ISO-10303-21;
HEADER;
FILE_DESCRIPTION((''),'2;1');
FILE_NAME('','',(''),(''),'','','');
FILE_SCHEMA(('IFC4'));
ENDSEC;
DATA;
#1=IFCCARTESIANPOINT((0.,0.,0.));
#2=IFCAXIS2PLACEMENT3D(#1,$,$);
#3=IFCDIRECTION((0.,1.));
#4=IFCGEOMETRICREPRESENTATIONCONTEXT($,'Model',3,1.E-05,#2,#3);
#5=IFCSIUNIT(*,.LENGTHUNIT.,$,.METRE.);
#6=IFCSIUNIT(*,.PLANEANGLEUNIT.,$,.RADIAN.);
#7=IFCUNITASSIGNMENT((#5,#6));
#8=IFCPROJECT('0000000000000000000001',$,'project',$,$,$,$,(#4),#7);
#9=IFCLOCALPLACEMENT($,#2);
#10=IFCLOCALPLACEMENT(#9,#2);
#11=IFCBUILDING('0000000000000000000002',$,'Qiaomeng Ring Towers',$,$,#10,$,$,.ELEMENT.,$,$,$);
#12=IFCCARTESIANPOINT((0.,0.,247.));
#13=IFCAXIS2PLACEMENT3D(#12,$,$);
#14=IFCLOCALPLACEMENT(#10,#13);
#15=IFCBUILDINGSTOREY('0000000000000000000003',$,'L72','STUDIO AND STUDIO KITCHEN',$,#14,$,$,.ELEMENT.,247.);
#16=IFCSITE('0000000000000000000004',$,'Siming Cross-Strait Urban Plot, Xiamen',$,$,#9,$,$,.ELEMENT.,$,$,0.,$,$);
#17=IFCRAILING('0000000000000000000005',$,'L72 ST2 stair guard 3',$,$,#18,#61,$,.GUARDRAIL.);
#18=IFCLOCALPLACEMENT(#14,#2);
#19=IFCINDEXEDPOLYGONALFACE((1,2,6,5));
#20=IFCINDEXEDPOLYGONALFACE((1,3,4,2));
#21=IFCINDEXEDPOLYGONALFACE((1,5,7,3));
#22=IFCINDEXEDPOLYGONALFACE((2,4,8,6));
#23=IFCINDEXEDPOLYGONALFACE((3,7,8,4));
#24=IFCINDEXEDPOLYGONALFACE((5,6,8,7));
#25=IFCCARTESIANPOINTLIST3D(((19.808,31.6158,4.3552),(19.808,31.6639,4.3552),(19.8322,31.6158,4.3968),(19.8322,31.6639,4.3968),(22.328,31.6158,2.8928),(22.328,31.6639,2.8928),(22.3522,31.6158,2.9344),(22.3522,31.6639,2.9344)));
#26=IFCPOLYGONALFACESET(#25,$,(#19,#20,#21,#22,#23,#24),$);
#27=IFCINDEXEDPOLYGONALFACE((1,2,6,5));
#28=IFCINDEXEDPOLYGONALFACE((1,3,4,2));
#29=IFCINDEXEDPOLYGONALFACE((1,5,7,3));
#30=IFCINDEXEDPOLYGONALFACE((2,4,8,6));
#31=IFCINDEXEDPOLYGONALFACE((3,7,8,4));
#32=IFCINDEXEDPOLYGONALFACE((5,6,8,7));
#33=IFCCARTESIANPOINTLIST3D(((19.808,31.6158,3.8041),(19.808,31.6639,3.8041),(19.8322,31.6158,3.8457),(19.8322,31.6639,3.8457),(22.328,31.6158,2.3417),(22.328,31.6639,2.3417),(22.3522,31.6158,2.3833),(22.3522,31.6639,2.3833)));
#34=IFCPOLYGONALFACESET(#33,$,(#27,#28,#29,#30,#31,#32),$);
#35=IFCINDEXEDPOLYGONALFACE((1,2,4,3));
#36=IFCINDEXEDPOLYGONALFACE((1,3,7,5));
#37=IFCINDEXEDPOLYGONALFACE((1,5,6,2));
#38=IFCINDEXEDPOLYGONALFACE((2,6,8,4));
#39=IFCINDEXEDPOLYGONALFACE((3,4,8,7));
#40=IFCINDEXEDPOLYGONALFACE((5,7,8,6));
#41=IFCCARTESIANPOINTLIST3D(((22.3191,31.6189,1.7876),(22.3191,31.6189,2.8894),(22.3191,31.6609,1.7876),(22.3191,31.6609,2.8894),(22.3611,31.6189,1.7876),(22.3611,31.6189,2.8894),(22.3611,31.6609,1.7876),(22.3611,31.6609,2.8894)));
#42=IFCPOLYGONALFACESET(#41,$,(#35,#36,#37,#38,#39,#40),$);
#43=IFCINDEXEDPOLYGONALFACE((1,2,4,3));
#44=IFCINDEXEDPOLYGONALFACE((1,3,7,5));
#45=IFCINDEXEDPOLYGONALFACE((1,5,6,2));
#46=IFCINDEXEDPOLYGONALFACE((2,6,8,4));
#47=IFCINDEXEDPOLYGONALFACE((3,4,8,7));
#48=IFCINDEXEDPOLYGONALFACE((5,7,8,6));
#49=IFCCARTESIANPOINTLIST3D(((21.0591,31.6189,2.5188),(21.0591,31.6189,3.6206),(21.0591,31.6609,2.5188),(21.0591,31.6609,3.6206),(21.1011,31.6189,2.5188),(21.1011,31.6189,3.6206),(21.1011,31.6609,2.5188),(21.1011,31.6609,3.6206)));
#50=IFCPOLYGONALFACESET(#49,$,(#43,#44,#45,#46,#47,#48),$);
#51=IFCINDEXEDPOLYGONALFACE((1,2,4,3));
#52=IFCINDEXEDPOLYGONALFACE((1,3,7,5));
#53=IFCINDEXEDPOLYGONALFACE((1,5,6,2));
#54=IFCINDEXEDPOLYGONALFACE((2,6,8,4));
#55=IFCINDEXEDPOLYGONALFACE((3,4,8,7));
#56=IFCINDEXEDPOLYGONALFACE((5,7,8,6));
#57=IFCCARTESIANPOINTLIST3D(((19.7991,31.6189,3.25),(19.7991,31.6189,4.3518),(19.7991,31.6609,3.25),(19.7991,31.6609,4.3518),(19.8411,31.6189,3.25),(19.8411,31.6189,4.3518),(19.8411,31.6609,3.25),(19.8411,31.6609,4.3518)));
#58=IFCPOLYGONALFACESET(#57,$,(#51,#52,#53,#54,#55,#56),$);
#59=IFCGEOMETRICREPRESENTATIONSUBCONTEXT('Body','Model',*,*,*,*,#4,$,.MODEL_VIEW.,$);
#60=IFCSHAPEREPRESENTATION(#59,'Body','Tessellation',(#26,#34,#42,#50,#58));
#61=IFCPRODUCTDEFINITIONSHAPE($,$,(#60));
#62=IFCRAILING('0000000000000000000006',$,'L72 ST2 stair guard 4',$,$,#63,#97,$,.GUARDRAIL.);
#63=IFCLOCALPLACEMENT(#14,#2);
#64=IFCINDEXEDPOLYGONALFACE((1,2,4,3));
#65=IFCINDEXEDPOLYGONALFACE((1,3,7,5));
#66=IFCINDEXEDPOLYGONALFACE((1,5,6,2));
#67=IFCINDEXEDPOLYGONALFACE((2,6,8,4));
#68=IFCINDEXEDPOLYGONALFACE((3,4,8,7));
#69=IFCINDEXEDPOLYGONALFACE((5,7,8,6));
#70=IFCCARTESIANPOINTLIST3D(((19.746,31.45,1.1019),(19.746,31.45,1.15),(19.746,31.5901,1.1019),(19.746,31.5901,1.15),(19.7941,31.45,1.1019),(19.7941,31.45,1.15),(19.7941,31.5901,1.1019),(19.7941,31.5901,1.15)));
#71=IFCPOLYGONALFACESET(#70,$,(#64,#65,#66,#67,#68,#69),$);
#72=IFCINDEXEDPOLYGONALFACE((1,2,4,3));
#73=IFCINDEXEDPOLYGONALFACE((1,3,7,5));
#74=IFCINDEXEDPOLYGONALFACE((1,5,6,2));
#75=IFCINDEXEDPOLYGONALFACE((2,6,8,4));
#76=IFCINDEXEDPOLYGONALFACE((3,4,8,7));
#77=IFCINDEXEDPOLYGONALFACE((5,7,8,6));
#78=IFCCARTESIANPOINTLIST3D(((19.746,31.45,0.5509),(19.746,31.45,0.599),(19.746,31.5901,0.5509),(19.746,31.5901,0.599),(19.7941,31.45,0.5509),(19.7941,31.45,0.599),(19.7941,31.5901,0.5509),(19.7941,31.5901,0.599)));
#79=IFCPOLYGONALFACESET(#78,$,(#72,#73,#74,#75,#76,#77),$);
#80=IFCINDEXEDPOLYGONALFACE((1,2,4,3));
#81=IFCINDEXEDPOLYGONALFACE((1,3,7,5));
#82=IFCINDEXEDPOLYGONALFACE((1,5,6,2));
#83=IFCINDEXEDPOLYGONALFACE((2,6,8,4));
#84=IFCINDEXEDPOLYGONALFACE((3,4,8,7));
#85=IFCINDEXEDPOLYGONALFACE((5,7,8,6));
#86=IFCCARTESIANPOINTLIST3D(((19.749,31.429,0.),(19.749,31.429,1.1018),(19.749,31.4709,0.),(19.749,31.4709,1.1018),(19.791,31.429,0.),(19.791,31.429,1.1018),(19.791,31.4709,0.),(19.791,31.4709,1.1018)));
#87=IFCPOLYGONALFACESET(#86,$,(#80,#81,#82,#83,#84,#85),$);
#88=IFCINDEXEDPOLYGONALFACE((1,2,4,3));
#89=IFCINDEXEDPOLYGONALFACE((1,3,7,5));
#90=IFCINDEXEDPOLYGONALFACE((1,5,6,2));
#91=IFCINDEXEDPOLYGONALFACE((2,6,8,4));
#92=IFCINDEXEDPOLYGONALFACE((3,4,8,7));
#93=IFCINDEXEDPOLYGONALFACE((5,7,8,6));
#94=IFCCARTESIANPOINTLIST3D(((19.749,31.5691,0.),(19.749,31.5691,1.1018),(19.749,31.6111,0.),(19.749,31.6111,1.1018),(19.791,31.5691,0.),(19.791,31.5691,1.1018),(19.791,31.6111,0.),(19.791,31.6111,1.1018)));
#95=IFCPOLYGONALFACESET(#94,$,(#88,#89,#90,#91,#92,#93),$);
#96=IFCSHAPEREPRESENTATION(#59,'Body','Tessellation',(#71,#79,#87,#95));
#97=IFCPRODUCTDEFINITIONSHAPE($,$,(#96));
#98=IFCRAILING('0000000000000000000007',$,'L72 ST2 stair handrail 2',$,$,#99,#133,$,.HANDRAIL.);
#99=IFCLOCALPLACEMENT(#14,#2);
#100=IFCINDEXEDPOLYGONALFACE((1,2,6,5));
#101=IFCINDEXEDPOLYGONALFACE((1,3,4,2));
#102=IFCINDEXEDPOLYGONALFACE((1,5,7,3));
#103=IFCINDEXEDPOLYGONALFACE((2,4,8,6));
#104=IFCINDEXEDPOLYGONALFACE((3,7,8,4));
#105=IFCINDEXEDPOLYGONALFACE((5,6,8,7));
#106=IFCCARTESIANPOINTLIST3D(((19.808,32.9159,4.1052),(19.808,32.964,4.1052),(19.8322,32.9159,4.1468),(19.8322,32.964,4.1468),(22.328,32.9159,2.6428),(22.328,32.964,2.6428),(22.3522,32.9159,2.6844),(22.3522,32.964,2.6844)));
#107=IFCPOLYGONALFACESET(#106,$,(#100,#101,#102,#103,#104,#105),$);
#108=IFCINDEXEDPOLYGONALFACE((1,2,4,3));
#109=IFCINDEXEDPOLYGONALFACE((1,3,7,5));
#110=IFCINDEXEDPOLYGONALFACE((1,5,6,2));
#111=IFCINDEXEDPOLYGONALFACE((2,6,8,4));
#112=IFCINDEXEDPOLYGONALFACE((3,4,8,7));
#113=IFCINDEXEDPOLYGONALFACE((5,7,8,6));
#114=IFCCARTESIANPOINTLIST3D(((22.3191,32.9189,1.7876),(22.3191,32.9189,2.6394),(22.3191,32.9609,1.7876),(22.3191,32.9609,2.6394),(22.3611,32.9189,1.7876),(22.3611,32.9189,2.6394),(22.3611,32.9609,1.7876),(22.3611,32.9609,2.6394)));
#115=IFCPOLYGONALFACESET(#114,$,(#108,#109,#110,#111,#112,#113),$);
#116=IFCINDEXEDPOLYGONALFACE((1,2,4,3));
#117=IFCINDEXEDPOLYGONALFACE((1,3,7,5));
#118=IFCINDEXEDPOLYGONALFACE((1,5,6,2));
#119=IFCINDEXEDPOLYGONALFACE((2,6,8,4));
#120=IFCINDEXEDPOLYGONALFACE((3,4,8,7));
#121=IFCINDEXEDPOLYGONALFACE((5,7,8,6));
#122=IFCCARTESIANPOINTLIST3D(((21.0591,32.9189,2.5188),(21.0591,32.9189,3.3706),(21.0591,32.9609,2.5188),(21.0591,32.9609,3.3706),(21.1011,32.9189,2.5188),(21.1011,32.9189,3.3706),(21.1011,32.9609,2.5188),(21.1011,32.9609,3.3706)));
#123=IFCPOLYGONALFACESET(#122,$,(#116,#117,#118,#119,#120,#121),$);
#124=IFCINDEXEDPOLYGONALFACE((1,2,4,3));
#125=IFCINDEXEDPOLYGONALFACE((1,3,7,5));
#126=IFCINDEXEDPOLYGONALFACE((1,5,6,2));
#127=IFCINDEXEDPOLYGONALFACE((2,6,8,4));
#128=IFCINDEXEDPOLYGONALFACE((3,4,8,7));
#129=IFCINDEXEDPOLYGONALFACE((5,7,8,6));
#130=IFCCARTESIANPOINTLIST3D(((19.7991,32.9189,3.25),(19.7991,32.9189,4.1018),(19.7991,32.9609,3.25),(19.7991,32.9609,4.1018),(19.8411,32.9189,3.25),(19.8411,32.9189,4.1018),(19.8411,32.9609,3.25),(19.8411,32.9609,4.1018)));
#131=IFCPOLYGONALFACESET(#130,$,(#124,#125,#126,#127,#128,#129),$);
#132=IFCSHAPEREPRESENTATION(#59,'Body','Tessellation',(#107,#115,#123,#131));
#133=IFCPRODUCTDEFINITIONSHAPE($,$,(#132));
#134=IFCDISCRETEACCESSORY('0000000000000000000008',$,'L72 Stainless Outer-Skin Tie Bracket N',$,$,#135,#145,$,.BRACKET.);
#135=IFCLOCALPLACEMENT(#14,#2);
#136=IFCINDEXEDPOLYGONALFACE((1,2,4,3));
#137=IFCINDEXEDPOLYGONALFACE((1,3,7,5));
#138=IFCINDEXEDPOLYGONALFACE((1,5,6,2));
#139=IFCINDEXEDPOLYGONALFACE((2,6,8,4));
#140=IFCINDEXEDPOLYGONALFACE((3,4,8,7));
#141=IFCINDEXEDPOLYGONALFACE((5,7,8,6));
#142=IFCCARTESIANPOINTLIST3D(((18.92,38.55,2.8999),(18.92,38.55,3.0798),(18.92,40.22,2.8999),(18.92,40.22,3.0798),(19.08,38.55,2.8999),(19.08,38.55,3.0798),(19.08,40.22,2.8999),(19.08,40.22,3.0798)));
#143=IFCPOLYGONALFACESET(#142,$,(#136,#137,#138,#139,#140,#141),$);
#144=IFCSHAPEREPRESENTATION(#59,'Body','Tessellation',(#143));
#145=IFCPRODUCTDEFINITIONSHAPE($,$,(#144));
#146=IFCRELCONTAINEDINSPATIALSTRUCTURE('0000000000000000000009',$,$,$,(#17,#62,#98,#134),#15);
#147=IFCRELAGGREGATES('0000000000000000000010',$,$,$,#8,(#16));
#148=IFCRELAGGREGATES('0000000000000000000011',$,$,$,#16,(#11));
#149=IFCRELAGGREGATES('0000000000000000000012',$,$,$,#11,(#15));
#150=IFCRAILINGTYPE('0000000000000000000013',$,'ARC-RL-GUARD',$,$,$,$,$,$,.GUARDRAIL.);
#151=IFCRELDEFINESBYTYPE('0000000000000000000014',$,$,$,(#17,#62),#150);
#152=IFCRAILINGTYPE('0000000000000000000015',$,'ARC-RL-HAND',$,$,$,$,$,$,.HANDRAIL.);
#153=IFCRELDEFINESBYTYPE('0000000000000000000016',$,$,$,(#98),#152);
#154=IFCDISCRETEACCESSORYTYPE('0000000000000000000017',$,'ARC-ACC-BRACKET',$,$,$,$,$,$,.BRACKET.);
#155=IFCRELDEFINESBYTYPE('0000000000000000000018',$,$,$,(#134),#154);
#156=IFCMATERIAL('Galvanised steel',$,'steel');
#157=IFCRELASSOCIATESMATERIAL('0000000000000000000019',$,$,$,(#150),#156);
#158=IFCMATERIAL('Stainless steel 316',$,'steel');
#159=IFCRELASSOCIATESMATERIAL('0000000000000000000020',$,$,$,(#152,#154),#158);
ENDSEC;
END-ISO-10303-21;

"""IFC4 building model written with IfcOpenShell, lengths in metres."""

from ifc_helpers import new_model, si_unit, direction, frame, origin, origin_2d, place, context, subcontext, project, spatial, rectangle, extrude, source, transform, mapped, material, type_object, element, save


model = new_model("IFC4")

# Units and contexts
model_context = context("Model", 3, precision=1e-05, world=origin(), true_north=direction((0.0, 1.0)))
body_context = subcontext(model_context, "Body", "Model", "MODEL_VIEW")
ifc_project = project(units=[si_unit("LENGTHUNIT", "METRE"), si_unit("PLANEANGLEUNIT", "RADIAN")], contexts=[model_context])

# Site, building, storey
site_placement = place(None, origin())
site = spatial("IfcSite", under=ifc_project, at=site_placement, Name="Siming Cross-Strait Urban Plot, Xiamen", CompositionType="ELEMENT", RefElevation=0.0)
building_placement = place(site_placement, origin())
building = spatial("IfcBuilding", under=site, at=building_placement, Name="Qiaomeng Ring Towers", CompositionType="ELEMENT")
storey_placement = place(building_placement, frame((0.0, 0.0, 247.0)))
storey = spatial("IfcBuildingStorey", under=building, at=storey_placement, Name="L72", Description="STUDIO AND STUDIO KITCHEN", CompositionType="ELEMENT", Elevation=247.0)

# Railings
ifc_material_1 = material(Name="Galvanised steel", Category="steel")
railing_type_1 = type_object("IfcRailingType", Name="ARC-RL-GUARD", PredefinedType="GUARDRAIL", material=ifc_material_1)
railing_1_placement = place(storey_placement, frame((22.3401, 31.6399, 1.7876)))
element("IfcRailing", 1, at=railing_1_placement, inside=storey, type_object=railing_type_1, Name="L72 ST2 stair guard 3", PredefinedType="GUARDRAIL", context=body_context, shape_type="SweptSolid", body=[
    extrude(rectangle(XDim=0.0481, YDim=0.0481, at=origin_2d()), frame((0.0, 0.0, 1.126), z_axis=(-0.864913, 0.0, 0.501921), x_axis=(0.0, -1.0, 0.0)), (0.0, 0.0, 1.0), 2.9136),
    extrude(rectangle(XDim=0.0481, YDim=0.0481, at=origin_2d()), frame((0.0, 0.0, 0.575), z_axis=(-0.864913, 0.0, 0.501921), x_axis=(0.0, -1.0, 0.0)), (0.0, 0.0, 1.0), 2.9136),
    extrude(rectangle(XDim=0.042, YDim=0.042, at=origin_2d()), origin(), (0.0, 0.0, 1.0), 1.1018),
    extrude(rectangle(XDim=0.042, YDim=0.042, at=origin_2d()), frame((-1.26, 0.0, 0.7312)), (0.0, 0.0, 1.0), 1.1018),
    extrude(rectangle(XDim=0.042, YDim=0.042, at=origin_2d()), frame((-2.52, 0.0, 1.4624)), (0.0, 0.0, 1.0), 1.1018),
])
railing_2_placement = place(storey_placement, frame((19.77, 31.45, 0.0)))
element("IfcRailing", 2, at=railing_2_placement, inside=storey, type_object=railing_type_1, Name="L72 ST2 stair guard 4", PredefinedType="GUARDRAIL", context=body_context, shape_type="SweptSolid", body=[
    extrude(rectangle(XDim=0.0481, YDim=0.0481, at=origin_2d()), frame((0.0, 0.0, 1.126), z_axis=(0.0, 1.0, 0.0), x_axis=(-1.0, 0.0, 0.0)), (0.0, 0.0, 1.0), 0.1401),
    extrude(rectangle(XDim=0.0481, YDim=0.0481, at=origin_2d()), frame((0.0, 0.0, 0.575), z_axis=(0.0, 1.0, 0.0), x_axis=(-1.0, 0.0, 0.0)), (0.0, 0.0, 1.0), 0.1401),
    extrude(rectangle(XDim=0.042, YDim=0.042, at=origin_2d()), origin(), (0.0, 0.0, 1.0), 1.1018),
    extrude(rectangle(XDim=0.042, YDim=0.042, at=origin_2d()), frame((0.0, 0.1401, 0.0)), (0.0, 0.0, 1.0), 1.1018),
])
ifc_material_2 = material(Name="Stainless steel 316", Category="steel")
railing_type_2 = type_object("IfcRailingType", Name="ARC-RL-HAND", PredefinedType="HANDRAIL", material=ifc_material_2)
railing_3_placement = place(storey_placement, frame((22.3401, 32.9399, 1.7876)))
element("IfcRailing", 3, at=railing_3_placement, inside=storey, type_object=railing_type_2, Name="L72 ST2 stair handrail 2", PredefinedType="HANDRAIL", context=body_context, shape_type="SweptSolid", body=[
    extrude(rectangle(XDim=0.0481, YDim=0.0481, at=origin_2d()), frame((0.0, 0.0, 0.876), z_axis=(-0.864913, 0.0, 0.501921), x_axis=(0.0, -1.0, 0.0)), (0.0, 0.0, 1.0), 2.9136),
    extrude(rectangle(XDim=0.042, YDim=0.042, at=origin_2d()), origin(), (0.0, 0.0, 1.0), 0.8518),
    extrude(rectangle(XDim=0.042, YDim=0.042, at=origin_2d()), frame((-1.26, 0.0, 0.7312)), (0.0, 0.0, 1.0), 0.8518),
    extrude(rectangle(XDim=0.042, YDim=0.042, at=origin_2d()), frame((-2.52, 0.0, 1.4624)), (0.0, 0.0, 1.0), 0.8518),
])

# Discrete accessory
discrete_accessory_type = type_object("IfcDiscreteAccessoryType", Name="ARC-ACC-BRACKET", PredefinedType="BRACKET", material=ifc_material_2)
shared_shape_1 = source(origin(), body_context, "Body", "SweptSolid", [
    extrude(rectangle(XDim=0.1599, YDim=1.6699, at=origin_2d()), origin(), (0.0, 0.0, 1.0), 0.1799),
])
discrete_accessory_placement = place(storey_placement, frame((19.0, 39.385, 2.8999), z_axis=(0.0, 0.0, 1.0), x_axis=(1.0, 0.0, 0.0)))
element("IfcDiscreteAccessory", 4, at=discrete_accessory_placement, inside=storey, type_object=discrete_accessory_type, Name="L72 Stainless Outer-Skin Tie Bracket N", PredefinedType="BRACKET", context=body_context, shape_type="MappedRepresentation", body=[
    mapped(shared_shape_1, transform((0.0, 0.0, 0.0), x_axis=(1.0, 0.0, 0.0), y_axis=(0.0, 1.0, 0.0), z_axis=(0.0, 0.0, 1.0), scale=1.0)),
])

save(model, "model.ifc")
